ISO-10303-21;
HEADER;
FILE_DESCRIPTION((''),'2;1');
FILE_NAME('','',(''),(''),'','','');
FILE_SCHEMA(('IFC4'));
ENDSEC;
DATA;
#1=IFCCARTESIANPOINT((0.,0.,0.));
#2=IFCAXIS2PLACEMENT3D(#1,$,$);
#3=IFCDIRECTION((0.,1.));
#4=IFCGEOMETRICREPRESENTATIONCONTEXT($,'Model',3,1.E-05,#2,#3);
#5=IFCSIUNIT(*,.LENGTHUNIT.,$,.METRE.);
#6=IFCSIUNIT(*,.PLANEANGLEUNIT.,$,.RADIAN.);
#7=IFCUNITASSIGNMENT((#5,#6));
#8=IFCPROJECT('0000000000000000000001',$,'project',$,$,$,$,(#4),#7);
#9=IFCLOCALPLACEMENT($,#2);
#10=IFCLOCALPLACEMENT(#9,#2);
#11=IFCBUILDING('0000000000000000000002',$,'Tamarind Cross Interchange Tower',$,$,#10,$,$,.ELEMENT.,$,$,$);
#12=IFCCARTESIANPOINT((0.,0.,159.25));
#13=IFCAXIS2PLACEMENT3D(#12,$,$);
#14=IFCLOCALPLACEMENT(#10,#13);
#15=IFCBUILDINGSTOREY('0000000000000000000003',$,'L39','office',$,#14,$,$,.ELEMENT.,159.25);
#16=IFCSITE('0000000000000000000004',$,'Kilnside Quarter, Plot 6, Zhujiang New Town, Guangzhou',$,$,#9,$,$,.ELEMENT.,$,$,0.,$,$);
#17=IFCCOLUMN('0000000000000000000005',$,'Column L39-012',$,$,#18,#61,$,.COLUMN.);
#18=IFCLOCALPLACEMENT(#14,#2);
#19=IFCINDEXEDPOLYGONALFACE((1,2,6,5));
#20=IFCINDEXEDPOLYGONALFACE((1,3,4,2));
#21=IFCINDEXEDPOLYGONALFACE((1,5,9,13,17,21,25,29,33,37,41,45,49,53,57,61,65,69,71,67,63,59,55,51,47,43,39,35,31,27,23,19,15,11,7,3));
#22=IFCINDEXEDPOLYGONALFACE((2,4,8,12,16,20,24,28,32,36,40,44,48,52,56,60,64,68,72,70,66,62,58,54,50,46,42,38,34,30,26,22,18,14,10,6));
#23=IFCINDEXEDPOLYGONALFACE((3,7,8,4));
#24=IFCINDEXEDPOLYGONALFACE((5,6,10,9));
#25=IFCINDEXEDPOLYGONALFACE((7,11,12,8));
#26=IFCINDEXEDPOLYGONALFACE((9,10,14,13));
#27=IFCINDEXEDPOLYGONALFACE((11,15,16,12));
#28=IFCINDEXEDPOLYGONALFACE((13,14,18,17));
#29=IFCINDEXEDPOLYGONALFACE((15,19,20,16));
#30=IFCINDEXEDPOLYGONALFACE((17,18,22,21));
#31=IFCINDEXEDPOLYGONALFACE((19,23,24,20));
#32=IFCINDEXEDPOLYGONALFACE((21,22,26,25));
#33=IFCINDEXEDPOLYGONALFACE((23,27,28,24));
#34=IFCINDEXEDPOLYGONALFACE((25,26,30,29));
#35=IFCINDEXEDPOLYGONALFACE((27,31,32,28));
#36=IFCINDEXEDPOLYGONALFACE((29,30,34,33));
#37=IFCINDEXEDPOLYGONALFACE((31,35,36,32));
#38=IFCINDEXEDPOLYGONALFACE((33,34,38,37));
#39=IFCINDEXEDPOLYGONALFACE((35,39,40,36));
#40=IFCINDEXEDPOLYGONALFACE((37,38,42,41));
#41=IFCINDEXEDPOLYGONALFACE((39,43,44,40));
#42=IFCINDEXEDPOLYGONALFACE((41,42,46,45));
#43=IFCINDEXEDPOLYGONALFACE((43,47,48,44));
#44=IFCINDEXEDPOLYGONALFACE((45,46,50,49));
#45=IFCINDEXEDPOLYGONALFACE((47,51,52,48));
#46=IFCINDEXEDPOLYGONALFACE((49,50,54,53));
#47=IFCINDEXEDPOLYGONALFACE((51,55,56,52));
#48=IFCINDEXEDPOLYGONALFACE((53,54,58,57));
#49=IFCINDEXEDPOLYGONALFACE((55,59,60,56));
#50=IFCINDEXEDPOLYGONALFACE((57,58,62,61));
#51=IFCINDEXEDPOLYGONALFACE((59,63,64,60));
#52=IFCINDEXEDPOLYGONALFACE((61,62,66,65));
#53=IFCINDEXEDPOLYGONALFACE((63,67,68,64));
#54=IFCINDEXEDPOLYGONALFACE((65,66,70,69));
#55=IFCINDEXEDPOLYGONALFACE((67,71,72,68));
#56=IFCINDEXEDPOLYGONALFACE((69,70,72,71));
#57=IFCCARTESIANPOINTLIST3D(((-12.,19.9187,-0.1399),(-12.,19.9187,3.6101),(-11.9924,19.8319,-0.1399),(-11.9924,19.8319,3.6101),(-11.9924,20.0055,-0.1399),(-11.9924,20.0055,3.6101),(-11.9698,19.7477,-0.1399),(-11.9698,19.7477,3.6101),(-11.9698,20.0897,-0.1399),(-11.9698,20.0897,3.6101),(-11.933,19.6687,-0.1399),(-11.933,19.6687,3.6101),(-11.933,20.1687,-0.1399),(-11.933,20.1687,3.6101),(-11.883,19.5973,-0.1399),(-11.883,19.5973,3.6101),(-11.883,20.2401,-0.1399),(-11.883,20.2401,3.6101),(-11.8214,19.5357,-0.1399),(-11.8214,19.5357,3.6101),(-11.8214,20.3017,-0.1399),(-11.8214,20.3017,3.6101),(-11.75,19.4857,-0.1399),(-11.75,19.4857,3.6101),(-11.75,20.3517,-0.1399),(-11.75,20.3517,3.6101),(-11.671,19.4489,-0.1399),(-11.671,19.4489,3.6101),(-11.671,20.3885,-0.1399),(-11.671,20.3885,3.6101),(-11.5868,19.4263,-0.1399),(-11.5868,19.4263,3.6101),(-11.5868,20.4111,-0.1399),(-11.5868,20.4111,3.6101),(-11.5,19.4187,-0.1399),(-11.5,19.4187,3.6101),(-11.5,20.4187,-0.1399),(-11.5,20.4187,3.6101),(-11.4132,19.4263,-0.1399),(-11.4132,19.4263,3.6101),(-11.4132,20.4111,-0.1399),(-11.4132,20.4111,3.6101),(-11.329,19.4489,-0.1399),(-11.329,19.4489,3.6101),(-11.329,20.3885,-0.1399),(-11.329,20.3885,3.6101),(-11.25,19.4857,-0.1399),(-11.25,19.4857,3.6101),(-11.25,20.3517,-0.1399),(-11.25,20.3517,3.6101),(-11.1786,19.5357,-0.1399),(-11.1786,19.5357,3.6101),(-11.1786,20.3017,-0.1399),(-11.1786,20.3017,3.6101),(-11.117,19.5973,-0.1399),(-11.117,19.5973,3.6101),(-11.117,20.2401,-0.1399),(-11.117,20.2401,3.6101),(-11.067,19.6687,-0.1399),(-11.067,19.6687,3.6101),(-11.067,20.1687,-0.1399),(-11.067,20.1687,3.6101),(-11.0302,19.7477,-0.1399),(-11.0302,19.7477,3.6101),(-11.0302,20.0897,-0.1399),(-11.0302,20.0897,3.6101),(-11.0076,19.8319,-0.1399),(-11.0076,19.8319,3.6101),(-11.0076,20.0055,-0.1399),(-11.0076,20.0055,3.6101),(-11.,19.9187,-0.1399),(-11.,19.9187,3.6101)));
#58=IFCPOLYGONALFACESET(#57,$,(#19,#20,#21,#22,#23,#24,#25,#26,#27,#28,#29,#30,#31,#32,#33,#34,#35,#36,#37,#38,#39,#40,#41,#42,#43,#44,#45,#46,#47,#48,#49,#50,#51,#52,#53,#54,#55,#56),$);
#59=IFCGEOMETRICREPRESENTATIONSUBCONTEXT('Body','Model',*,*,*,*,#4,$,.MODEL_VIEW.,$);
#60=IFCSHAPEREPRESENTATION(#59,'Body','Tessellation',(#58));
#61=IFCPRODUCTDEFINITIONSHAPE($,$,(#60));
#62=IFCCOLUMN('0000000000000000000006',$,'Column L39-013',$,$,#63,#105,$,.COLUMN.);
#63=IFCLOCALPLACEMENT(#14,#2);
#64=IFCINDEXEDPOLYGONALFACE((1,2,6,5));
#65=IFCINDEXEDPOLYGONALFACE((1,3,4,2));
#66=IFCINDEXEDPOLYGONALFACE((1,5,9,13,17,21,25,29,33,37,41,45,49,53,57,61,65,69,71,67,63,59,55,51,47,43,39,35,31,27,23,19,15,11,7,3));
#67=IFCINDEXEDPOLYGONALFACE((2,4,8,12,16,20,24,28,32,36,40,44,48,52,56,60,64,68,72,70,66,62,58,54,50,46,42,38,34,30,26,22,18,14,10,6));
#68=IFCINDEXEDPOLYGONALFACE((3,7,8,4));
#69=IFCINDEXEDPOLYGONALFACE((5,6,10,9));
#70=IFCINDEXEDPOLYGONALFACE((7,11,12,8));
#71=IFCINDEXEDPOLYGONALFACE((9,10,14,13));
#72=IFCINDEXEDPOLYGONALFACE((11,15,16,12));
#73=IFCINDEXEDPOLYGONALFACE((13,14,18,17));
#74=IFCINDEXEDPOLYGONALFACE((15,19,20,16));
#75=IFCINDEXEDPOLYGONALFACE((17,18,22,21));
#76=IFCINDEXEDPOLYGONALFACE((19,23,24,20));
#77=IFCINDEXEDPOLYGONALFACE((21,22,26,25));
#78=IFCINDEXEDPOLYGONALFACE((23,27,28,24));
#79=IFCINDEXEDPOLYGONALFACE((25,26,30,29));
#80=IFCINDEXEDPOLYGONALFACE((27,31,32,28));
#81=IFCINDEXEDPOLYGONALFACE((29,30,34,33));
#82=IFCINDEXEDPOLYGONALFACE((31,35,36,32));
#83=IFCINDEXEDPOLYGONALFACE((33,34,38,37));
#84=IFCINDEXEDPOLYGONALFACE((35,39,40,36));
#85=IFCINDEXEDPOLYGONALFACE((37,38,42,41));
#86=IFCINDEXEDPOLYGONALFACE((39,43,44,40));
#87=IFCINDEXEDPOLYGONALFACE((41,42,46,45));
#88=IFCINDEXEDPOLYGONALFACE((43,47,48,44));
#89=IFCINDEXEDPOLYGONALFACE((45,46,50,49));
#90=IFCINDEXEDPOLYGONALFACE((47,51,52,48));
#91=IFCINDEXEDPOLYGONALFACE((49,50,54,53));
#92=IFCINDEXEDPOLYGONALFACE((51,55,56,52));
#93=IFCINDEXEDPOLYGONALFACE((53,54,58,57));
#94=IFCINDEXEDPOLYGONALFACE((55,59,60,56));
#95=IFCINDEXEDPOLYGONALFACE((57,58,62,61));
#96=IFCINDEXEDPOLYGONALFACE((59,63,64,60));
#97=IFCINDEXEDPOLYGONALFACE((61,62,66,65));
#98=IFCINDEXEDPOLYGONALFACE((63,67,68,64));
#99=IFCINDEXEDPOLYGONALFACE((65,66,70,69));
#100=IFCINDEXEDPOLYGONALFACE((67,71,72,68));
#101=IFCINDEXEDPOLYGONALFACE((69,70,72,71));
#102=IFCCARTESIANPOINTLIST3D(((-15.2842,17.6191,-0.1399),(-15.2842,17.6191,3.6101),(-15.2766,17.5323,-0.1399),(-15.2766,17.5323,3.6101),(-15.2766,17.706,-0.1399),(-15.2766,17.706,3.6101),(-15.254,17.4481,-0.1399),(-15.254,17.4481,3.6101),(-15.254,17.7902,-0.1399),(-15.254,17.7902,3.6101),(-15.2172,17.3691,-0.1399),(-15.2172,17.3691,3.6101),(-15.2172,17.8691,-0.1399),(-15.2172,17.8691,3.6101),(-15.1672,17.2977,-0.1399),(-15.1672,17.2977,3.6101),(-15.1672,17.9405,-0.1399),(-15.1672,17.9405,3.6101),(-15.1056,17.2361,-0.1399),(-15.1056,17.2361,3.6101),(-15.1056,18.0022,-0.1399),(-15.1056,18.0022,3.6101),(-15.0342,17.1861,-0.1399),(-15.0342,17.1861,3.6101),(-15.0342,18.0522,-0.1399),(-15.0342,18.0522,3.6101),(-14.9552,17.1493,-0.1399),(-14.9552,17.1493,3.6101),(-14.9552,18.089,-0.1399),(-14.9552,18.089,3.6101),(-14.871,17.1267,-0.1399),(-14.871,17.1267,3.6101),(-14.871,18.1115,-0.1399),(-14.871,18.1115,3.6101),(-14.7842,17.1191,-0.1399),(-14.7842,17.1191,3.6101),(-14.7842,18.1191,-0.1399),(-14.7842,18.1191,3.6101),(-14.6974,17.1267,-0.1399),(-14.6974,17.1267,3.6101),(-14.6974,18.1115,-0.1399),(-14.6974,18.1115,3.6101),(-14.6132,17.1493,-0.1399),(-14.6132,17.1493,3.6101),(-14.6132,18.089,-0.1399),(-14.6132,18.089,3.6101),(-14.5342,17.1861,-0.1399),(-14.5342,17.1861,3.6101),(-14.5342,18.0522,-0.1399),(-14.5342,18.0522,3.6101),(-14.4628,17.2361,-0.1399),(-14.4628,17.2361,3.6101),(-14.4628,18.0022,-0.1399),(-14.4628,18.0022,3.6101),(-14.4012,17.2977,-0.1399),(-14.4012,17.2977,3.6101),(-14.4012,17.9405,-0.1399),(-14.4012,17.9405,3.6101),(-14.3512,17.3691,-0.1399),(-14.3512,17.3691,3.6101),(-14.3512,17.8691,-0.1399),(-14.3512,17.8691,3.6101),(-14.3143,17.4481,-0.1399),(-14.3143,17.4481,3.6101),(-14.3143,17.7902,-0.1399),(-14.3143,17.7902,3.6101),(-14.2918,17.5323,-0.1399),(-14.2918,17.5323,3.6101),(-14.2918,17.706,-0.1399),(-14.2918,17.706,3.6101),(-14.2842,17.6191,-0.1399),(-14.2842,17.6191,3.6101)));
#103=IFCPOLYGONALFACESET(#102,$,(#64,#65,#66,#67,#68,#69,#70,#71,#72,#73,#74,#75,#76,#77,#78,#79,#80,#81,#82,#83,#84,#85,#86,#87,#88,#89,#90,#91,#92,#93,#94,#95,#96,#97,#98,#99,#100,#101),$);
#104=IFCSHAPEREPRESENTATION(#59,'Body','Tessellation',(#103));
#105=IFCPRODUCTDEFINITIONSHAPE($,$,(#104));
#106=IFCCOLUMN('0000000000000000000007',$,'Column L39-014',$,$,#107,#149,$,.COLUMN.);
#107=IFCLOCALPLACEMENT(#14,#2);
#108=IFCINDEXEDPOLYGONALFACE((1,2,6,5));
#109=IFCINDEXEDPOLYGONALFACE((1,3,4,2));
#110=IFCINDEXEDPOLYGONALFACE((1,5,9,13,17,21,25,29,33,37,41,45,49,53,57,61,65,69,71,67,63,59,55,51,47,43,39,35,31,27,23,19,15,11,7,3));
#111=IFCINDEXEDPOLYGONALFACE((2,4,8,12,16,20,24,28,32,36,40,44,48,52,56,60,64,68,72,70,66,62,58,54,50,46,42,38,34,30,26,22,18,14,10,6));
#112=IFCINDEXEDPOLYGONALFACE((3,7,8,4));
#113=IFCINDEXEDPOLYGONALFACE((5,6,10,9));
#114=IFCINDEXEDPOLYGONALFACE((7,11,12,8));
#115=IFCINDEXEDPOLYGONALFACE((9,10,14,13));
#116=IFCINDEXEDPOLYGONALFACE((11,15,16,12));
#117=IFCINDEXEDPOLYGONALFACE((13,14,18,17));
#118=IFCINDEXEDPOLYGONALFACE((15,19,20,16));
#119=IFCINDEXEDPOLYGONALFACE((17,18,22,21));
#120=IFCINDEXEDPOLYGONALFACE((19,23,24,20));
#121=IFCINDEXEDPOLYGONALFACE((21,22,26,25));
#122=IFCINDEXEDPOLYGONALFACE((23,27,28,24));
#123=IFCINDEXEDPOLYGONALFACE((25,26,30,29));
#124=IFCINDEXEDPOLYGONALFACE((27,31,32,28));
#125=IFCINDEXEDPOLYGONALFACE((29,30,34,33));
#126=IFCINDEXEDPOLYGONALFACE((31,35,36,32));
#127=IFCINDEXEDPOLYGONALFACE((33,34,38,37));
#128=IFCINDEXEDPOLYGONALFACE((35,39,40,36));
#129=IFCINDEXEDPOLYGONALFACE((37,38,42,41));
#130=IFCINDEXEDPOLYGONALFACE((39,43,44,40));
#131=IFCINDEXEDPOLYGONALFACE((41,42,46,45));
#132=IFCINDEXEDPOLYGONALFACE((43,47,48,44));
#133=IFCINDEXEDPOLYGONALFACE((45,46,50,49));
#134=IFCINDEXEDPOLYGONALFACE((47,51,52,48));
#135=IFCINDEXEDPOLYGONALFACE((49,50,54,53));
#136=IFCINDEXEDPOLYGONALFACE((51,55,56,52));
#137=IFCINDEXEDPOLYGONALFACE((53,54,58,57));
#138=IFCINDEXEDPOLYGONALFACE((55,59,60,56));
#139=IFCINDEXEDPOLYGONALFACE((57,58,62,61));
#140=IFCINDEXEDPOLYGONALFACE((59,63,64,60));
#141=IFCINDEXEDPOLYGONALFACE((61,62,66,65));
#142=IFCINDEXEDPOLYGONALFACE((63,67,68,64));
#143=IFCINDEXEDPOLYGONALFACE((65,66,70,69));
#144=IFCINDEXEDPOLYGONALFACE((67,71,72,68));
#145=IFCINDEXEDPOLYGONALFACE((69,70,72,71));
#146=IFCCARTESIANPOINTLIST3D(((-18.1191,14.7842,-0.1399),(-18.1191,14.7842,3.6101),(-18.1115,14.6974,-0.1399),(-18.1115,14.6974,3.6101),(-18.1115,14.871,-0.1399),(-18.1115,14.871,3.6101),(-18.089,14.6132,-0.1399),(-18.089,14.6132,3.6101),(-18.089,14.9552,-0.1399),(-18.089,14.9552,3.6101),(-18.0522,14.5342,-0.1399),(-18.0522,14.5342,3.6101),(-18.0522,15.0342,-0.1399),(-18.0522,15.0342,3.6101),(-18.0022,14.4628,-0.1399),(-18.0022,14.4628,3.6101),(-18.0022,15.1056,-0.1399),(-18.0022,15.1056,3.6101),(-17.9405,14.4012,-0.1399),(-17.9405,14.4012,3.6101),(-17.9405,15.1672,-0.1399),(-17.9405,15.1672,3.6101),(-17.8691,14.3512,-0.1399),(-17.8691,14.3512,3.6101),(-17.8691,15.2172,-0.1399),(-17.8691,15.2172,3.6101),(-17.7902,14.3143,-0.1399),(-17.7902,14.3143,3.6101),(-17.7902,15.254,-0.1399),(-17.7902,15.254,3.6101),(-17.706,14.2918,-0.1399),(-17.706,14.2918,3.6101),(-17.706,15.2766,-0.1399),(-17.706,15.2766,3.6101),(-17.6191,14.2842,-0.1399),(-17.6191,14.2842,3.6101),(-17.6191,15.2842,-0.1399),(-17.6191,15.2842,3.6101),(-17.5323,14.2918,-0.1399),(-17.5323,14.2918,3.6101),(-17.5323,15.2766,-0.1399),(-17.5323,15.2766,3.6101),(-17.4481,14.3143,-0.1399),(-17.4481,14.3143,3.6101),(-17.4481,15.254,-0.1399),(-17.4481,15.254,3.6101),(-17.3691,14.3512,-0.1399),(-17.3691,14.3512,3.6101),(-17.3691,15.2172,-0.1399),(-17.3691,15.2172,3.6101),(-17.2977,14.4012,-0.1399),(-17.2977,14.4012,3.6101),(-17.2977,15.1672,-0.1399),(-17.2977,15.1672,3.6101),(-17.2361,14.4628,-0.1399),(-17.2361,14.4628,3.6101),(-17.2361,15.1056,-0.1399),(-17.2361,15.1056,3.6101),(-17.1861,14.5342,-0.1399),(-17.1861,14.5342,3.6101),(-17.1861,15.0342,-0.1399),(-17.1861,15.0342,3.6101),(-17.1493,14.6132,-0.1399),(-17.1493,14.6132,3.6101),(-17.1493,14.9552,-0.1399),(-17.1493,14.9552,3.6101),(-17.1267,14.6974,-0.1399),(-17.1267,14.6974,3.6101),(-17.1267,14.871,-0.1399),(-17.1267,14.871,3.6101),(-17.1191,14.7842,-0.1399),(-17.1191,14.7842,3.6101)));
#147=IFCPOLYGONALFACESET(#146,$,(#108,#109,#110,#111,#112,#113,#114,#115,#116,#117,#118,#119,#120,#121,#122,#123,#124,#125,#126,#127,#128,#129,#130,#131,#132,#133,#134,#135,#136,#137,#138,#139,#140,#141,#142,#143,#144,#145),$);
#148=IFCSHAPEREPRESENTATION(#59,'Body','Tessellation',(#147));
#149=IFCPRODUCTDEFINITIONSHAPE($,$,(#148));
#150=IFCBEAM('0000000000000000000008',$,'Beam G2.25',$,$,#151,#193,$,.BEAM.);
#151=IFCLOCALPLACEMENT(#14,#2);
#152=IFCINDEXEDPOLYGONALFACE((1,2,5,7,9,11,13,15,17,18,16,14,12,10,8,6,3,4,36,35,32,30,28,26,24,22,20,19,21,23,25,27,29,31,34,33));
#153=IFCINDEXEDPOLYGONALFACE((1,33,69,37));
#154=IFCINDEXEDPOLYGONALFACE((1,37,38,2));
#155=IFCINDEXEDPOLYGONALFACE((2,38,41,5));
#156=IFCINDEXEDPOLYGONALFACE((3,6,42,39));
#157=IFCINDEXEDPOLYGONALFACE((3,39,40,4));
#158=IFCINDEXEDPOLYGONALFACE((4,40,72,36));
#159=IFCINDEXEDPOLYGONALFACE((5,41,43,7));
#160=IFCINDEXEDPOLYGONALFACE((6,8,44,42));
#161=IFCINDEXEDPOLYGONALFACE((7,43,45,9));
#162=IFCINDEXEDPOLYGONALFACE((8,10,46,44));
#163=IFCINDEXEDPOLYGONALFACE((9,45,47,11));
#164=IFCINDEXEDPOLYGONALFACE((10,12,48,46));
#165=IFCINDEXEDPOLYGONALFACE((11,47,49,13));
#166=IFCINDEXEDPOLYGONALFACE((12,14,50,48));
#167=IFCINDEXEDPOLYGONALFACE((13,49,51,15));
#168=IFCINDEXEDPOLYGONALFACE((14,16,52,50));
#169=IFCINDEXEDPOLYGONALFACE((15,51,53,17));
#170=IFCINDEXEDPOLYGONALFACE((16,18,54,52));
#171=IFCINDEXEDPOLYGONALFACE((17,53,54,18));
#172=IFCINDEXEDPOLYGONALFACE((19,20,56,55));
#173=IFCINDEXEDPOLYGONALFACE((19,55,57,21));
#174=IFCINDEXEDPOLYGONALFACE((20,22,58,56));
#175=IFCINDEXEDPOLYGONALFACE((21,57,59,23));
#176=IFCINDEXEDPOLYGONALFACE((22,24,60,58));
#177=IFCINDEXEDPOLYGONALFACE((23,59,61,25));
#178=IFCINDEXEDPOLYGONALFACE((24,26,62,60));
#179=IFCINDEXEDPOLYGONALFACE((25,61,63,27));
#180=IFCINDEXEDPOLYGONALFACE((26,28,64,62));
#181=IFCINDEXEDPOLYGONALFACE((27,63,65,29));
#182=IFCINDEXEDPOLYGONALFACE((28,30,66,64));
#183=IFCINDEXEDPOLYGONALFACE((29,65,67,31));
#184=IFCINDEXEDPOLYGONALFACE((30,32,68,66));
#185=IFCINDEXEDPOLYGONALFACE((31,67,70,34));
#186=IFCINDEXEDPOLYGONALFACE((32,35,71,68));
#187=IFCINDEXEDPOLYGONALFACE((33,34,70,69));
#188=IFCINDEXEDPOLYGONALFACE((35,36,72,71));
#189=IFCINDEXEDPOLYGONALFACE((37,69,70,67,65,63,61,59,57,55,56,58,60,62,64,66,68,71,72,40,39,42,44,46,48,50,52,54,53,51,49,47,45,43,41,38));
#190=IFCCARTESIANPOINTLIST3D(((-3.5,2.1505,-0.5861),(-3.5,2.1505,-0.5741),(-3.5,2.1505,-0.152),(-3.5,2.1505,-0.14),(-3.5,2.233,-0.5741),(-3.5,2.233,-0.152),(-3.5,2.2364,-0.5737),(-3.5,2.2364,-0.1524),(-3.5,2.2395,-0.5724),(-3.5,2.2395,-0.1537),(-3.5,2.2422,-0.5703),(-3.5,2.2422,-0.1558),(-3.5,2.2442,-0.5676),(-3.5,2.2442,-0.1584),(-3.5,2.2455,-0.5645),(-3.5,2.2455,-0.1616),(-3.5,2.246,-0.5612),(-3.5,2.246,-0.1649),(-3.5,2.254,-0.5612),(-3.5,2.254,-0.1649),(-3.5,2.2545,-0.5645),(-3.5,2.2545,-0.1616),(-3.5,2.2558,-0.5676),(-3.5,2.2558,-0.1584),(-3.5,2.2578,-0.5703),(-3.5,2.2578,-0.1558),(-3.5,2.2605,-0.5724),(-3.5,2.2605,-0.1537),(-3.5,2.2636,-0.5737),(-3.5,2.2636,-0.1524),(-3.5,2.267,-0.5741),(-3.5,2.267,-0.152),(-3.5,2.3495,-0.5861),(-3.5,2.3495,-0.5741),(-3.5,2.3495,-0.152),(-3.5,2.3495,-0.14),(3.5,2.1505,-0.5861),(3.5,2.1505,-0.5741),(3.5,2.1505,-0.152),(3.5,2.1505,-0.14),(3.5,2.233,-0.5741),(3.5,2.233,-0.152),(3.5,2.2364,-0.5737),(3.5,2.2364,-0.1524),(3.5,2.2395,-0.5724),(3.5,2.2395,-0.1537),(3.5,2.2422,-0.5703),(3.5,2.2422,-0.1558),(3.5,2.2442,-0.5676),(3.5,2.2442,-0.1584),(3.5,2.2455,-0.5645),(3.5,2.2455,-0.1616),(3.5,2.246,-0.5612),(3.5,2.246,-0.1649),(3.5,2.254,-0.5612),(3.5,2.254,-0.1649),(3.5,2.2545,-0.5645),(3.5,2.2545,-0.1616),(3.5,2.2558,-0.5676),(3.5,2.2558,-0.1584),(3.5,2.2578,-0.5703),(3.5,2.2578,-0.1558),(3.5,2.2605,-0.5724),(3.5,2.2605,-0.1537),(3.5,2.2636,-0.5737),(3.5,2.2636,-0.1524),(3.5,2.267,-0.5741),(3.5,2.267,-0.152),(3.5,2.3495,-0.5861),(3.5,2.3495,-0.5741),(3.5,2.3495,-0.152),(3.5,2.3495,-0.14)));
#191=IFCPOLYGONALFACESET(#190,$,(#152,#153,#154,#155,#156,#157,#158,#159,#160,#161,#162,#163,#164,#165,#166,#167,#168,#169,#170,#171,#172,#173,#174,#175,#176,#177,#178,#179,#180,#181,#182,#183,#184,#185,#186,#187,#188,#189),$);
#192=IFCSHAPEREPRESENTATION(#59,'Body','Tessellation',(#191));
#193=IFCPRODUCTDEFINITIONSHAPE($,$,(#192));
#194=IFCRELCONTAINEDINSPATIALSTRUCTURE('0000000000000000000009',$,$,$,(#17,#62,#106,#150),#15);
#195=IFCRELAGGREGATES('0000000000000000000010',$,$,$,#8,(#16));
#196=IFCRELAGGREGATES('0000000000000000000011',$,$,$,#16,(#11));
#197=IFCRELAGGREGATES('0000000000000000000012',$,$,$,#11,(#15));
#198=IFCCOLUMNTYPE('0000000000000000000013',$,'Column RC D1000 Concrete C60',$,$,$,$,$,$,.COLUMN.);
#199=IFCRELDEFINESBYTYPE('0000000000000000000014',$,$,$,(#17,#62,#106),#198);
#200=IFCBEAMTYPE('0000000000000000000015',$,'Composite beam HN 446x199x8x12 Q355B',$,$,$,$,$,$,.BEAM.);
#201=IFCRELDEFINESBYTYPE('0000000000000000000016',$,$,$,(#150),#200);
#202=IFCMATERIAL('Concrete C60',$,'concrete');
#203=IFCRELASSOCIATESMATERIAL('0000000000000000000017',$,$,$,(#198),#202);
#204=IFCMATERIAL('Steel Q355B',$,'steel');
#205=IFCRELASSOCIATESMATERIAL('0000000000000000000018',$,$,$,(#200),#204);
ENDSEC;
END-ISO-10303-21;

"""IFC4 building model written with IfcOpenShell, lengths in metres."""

from ifc_helpers import new_model, si_unit, direction, frame, origin, origin_2d, place, context, subcontext, project, spatial, circle, i_section, extrude, material, material_profile, profile_set, type_object, element, save


model = new_model("IFC4")

# Units and contexts
model_context = context("Model", 3, precision=1e-05, world=origin(), true_north=direction((0.0, 1.0)))
body_context = subcontext(model_context, "Body", "Model", "MODEL_VIEW")
ifc_project = project(units=[si_unit("LENGTHUNIT", "METRE"), si_unit("PLANEANGLEUNIT", "RADIAN")], contexts=[model_context])

# Site, building, storey
site_placement = place(None, origin())
site = spatial("IfcSite", under=ifc_project, at=site_placement, Name="Kilnside Quarter, Plot 6, Zhujiang New Town, Guangzhou", CompositionType="ELEMENT", RefElevation=0.0)
building_placement = place(site_placement, origin())
building = spatial("IfcBuilding", under=site, at=building_placement, Name="Tamarind Cross Interchange Tower", CompositionType="ELEMENT")
storey_placement = place(building_placement, frame((0.0, 0.0, 159.25)))
storey = spatial("IfcBuildingStorey", under=building, at=storey_placement, Name="L39", Description="office", CompositionType="ELEMENT", Elevation=159.25)

# Columns
ifc_material_1 = material(Name="Concrete C60", Category="concrete")
ifc_material_profile_1 = material_profile(ifc_material_1, circle(Radius=0.5, at=origin_2d()), Name="RC D1000")
ifc_profile_set_1 = profile_set([ifc_material_profile_1], Name="Concrete C60")
column_type = type_object("IfcColumnType", Name="Column RC D1000 Concrete C60", PredefinedType="COLUMN", material=ifc_profile_set_1)
for number, where, z_axis, x_axis, name in (
    (1, (-11.5, 19.9187, -0.1399), (0.0, 0.0, 1.0), (1.0, 0.0, 0.0), "Column L39-012"),
    (2, (-14.7842, 17.6191, -0.1399), (0.0, 0.0, 1.0), (1.0, 0.0, 0.0), "Column L39-013"),
    (3, (-17.6191, 14.7842, -0.1399), (0.0, 0.0, 1.0), (1.0, 0.0, 0.0), "Column L39-014"),
):
    element("IfcColumn", number, at=place(storey_placement, frame(where, z_axis=z_axis, x_axis=x_axis)), inside=storey, type_object=column_type, Name=name, PredefinedType="COLUMN", context=body_context, shape_type="SweptSolid", body=[
        extrude(circle(Radius=0.5, at=origin_2d()), origin(), (0.0, 0.0, 1.0), 3.75),
    ])

# Beam
ifc_material_2 = material(Name="Steel Q355B", Category="steel")
ifc_material_profile_2 = material_profile(ifc_material_2, i_section(OverallWidth=0.199, OverallDepth=0.446, WebThickness=0.0081, FlangeThickness=0.012, FilletRadius=0.0129, at=origin_2d()), Name="HN 446x199x8x12")
ifc_profile_set_2 = profile_set([ifc_material_profile_2], Name="Steel Q355B")
beam_type_1 = type_object("IfcBeamType", Name="Composite beam HN 446x199x8x12 Q355B", PredefinedType="BEAM", material=ifc_profile_set_2)
for number, where, z_axis, x_axis, name in (
    (4, (-3.5, 2.25, -0.363), (1.0, 0.0, 0.0), (0.0, 1.0, 0.0), "Beam G2.25"),
):
    element("IfcBeam", number, at=place(storey_placement, frame(where, z_axis=z_axis, x_axis=x_axis)), inside=storey, type_object=beam_type_1, Name=name, PredefinedType="BEAM", context=body_context, shape_type="SweptSolid", body=[
        extrude(i_section(OverallWidth=0.199, OverallDepth=0.446, WebThickness=0.0081, FlangeThickness=0.012, FilletRadius=0.0129, at=origin_2d()), origin(), (0.0, 0.0, 1.0), 7.0),
    ])

save(model, "model.ifc")
